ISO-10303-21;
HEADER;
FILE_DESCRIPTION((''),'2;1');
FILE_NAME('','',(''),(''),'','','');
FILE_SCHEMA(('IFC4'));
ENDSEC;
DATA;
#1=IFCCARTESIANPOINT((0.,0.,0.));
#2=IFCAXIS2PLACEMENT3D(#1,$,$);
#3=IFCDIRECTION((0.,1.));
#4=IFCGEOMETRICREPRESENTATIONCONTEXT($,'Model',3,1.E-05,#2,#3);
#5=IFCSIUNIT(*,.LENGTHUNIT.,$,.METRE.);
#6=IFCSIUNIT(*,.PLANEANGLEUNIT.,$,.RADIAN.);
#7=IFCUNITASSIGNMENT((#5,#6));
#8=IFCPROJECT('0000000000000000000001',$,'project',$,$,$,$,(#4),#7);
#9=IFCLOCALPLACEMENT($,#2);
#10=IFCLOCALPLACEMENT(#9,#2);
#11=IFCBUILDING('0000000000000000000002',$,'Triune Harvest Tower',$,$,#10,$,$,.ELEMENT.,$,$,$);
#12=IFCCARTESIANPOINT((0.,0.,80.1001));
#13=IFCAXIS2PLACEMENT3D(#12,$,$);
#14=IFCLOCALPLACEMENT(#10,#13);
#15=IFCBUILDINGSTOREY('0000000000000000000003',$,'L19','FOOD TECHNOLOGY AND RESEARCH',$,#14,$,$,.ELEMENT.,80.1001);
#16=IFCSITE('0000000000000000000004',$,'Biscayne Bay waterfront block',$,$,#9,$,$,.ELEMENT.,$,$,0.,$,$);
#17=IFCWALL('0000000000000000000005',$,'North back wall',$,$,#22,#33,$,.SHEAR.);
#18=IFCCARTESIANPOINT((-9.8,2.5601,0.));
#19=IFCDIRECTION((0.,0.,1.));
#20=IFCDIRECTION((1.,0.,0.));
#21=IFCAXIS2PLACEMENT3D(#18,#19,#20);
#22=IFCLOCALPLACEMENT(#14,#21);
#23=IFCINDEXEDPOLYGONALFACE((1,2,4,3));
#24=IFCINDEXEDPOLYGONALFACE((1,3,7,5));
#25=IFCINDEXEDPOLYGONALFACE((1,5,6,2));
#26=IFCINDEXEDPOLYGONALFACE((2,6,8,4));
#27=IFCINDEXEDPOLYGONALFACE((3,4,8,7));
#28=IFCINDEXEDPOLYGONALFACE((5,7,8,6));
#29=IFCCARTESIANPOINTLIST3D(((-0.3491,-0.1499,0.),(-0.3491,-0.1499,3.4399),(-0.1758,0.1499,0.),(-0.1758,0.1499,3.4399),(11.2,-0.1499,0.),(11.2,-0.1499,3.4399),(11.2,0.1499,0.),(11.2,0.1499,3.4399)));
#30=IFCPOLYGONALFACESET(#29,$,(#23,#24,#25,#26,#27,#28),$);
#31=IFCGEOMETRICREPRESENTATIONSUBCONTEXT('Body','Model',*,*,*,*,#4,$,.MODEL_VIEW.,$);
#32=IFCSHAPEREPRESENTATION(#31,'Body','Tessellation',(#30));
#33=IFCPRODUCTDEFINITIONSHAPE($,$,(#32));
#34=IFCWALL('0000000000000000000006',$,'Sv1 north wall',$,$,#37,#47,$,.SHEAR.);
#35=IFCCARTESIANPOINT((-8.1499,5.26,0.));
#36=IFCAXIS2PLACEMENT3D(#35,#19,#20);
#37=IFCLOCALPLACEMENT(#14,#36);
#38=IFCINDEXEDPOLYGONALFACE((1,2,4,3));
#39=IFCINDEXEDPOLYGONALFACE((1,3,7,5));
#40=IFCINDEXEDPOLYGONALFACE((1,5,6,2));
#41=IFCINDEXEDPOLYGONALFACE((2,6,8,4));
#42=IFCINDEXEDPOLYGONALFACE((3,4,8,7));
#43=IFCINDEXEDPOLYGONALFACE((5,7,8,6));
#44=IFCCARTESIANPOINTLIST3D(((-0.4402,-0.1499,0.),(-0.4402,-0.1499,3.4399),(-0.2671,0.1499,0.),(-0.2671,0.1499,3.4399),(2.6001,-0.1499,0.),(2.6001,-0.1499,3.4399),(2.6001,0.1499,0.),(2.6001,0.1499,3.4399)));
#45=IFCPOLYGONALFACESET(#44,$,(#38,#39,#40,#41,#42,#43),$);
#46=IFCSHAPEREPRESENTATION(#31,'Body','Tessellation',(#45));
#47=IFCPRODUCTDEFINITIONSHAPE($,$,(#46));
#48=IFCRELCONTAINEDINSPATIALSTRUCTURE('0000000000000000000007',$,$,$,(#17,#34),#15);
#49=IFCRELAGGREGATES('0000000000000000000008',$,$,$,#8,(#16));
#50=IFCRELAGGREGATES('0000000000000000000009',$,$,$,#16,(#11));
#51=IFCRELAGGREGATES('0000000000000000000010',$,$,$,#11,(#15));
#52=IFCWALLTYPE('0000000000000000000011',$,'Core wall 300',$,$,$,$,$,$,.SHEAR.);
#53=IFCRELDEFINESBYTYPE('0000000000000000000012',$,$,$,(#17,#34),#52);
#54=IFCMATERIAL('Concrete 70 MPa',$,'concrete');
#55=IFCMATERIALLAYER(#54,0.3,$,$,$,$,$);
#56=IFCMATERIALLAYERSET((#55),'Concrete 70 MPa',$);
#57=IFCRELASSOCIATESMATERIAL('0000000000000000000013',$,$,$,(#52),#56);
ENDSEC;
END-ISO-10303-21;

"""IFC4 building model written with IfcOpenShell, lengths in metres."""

from ifc_helpers import new_model, si_unit, direction, frame, origin, place, context, subcontext, project, spatial, polyline, outline, extrude, source, transform, mapped, material, layer, layer_set, type_object, element, save


model = new_model("IFC4")

# Units and contexts
model_context = context("Model", 3, precision=1e-05, world=origin(), true_north=direction((0.0, 1.0)))
body_context = subcontext(model_context, "Body", "Model", "MODEL_VIEW")
ifc_project = project(units=[si_unit("LENGTHUNIT", "METRE"), si_unit("PLANEANGLEUNIT", "RADIAN")], contexts=[model_context])

# Site, building, storey
site_placement = place(None, origin())
site = spatial("IfcSite", under=ifc_project, at=site_placement, Name="Biscayne Bay waterfront block", CompositionType="ELEMENT", RefElevation=0.0)
building_placement = place(site_placement, origin())
building = spatial("IfcBuilding", under=site, at=building_placement, Name="Triune Harvest Tower", CompositionType="ELEMENT")
storey_placement = place(building_placement, frame((0.0, 0.0, 80.1001)))
storey = spatial("IfcBuildingStorey", under=building, at=storey_placement, Name="L19", Description="FOOD TECHNOLOGY AND RESEARCH", CompositionType="ELEMENT", Elevation=80.1001)

# Shared definitions
ifc_material_1 = material(Name="Concrete 70 MPa", Category="concrete")
ifc_layer_1 = layer(ifc_material_1, 0.3)
ifc_layer_set_1 = layer_set([ifc_layer_1], Name="Concrete 70 MPa")
wall_type_1 = type_object("IfcWallType", Name="Core wall 300", PredefinedType="SHEAR", material=ifc_layer_set_1)

# Walls
shared_shape_1 = source(origin(), body_context, "Body", "SweptSolid", [
    extrude(outline(polyline([(11.2, -0.1499), (-0.3491, -0.1499), (-0.1758, 0.1499), (11.2, 0.1499), (11.2, -0.1499)])), origin(), (0.0, 0.0, 1.0), 3.4399),
])
wall_1_placement = place(storey_placement, frame((-9.8, 2.5601, 0.0), z_axis=(0.0, 0.0, 1.0), x_axis=(1.0, 0.0, 0.0)))
element("IfcWall", 1, at=wall_1_placement, inside=storey, type_object=wall_type_1, Name="North back wall", PredefinedType="SHEAR", context=body_context, shape_type="MappedRepresentation", body=[
    mapped(shared_shape_1, transform((0.0, 0.0, 0.0), scale=1.0)),
])
shared_shape_2 = source(origin(), body_context, "Body", "SweptSolid", [
    extrude(outline(polyline([(2.6001, -0.1499), (-0.4402, -0.1499), (-0.2671, 0.1499), (2.6001, 0.1499), (2.6001, -0.1499)])), origin(), (0.0, 0.0, 1.0), 3.4399),
])
wall_2_placement = place(storey_placement, frame((-8.1499, 5.26, 0.0), z_axis=(0.0, 0.0, 1.0), x_axis=(1.0, 0.0, 0.0)))
element("IfcWall", 2, at=wall_2_placement, inside=storey, type_object=wall_type_1, Name="Sv1 north wall", PredefinedType="SHEAR", context=body_context, shape_type="MappedRepresentation", body=[
    mapped(shared_shape_2, transform((0.0, 0.0, 0.0), scale=1.0)),
])

save(model, "model.ifc")
